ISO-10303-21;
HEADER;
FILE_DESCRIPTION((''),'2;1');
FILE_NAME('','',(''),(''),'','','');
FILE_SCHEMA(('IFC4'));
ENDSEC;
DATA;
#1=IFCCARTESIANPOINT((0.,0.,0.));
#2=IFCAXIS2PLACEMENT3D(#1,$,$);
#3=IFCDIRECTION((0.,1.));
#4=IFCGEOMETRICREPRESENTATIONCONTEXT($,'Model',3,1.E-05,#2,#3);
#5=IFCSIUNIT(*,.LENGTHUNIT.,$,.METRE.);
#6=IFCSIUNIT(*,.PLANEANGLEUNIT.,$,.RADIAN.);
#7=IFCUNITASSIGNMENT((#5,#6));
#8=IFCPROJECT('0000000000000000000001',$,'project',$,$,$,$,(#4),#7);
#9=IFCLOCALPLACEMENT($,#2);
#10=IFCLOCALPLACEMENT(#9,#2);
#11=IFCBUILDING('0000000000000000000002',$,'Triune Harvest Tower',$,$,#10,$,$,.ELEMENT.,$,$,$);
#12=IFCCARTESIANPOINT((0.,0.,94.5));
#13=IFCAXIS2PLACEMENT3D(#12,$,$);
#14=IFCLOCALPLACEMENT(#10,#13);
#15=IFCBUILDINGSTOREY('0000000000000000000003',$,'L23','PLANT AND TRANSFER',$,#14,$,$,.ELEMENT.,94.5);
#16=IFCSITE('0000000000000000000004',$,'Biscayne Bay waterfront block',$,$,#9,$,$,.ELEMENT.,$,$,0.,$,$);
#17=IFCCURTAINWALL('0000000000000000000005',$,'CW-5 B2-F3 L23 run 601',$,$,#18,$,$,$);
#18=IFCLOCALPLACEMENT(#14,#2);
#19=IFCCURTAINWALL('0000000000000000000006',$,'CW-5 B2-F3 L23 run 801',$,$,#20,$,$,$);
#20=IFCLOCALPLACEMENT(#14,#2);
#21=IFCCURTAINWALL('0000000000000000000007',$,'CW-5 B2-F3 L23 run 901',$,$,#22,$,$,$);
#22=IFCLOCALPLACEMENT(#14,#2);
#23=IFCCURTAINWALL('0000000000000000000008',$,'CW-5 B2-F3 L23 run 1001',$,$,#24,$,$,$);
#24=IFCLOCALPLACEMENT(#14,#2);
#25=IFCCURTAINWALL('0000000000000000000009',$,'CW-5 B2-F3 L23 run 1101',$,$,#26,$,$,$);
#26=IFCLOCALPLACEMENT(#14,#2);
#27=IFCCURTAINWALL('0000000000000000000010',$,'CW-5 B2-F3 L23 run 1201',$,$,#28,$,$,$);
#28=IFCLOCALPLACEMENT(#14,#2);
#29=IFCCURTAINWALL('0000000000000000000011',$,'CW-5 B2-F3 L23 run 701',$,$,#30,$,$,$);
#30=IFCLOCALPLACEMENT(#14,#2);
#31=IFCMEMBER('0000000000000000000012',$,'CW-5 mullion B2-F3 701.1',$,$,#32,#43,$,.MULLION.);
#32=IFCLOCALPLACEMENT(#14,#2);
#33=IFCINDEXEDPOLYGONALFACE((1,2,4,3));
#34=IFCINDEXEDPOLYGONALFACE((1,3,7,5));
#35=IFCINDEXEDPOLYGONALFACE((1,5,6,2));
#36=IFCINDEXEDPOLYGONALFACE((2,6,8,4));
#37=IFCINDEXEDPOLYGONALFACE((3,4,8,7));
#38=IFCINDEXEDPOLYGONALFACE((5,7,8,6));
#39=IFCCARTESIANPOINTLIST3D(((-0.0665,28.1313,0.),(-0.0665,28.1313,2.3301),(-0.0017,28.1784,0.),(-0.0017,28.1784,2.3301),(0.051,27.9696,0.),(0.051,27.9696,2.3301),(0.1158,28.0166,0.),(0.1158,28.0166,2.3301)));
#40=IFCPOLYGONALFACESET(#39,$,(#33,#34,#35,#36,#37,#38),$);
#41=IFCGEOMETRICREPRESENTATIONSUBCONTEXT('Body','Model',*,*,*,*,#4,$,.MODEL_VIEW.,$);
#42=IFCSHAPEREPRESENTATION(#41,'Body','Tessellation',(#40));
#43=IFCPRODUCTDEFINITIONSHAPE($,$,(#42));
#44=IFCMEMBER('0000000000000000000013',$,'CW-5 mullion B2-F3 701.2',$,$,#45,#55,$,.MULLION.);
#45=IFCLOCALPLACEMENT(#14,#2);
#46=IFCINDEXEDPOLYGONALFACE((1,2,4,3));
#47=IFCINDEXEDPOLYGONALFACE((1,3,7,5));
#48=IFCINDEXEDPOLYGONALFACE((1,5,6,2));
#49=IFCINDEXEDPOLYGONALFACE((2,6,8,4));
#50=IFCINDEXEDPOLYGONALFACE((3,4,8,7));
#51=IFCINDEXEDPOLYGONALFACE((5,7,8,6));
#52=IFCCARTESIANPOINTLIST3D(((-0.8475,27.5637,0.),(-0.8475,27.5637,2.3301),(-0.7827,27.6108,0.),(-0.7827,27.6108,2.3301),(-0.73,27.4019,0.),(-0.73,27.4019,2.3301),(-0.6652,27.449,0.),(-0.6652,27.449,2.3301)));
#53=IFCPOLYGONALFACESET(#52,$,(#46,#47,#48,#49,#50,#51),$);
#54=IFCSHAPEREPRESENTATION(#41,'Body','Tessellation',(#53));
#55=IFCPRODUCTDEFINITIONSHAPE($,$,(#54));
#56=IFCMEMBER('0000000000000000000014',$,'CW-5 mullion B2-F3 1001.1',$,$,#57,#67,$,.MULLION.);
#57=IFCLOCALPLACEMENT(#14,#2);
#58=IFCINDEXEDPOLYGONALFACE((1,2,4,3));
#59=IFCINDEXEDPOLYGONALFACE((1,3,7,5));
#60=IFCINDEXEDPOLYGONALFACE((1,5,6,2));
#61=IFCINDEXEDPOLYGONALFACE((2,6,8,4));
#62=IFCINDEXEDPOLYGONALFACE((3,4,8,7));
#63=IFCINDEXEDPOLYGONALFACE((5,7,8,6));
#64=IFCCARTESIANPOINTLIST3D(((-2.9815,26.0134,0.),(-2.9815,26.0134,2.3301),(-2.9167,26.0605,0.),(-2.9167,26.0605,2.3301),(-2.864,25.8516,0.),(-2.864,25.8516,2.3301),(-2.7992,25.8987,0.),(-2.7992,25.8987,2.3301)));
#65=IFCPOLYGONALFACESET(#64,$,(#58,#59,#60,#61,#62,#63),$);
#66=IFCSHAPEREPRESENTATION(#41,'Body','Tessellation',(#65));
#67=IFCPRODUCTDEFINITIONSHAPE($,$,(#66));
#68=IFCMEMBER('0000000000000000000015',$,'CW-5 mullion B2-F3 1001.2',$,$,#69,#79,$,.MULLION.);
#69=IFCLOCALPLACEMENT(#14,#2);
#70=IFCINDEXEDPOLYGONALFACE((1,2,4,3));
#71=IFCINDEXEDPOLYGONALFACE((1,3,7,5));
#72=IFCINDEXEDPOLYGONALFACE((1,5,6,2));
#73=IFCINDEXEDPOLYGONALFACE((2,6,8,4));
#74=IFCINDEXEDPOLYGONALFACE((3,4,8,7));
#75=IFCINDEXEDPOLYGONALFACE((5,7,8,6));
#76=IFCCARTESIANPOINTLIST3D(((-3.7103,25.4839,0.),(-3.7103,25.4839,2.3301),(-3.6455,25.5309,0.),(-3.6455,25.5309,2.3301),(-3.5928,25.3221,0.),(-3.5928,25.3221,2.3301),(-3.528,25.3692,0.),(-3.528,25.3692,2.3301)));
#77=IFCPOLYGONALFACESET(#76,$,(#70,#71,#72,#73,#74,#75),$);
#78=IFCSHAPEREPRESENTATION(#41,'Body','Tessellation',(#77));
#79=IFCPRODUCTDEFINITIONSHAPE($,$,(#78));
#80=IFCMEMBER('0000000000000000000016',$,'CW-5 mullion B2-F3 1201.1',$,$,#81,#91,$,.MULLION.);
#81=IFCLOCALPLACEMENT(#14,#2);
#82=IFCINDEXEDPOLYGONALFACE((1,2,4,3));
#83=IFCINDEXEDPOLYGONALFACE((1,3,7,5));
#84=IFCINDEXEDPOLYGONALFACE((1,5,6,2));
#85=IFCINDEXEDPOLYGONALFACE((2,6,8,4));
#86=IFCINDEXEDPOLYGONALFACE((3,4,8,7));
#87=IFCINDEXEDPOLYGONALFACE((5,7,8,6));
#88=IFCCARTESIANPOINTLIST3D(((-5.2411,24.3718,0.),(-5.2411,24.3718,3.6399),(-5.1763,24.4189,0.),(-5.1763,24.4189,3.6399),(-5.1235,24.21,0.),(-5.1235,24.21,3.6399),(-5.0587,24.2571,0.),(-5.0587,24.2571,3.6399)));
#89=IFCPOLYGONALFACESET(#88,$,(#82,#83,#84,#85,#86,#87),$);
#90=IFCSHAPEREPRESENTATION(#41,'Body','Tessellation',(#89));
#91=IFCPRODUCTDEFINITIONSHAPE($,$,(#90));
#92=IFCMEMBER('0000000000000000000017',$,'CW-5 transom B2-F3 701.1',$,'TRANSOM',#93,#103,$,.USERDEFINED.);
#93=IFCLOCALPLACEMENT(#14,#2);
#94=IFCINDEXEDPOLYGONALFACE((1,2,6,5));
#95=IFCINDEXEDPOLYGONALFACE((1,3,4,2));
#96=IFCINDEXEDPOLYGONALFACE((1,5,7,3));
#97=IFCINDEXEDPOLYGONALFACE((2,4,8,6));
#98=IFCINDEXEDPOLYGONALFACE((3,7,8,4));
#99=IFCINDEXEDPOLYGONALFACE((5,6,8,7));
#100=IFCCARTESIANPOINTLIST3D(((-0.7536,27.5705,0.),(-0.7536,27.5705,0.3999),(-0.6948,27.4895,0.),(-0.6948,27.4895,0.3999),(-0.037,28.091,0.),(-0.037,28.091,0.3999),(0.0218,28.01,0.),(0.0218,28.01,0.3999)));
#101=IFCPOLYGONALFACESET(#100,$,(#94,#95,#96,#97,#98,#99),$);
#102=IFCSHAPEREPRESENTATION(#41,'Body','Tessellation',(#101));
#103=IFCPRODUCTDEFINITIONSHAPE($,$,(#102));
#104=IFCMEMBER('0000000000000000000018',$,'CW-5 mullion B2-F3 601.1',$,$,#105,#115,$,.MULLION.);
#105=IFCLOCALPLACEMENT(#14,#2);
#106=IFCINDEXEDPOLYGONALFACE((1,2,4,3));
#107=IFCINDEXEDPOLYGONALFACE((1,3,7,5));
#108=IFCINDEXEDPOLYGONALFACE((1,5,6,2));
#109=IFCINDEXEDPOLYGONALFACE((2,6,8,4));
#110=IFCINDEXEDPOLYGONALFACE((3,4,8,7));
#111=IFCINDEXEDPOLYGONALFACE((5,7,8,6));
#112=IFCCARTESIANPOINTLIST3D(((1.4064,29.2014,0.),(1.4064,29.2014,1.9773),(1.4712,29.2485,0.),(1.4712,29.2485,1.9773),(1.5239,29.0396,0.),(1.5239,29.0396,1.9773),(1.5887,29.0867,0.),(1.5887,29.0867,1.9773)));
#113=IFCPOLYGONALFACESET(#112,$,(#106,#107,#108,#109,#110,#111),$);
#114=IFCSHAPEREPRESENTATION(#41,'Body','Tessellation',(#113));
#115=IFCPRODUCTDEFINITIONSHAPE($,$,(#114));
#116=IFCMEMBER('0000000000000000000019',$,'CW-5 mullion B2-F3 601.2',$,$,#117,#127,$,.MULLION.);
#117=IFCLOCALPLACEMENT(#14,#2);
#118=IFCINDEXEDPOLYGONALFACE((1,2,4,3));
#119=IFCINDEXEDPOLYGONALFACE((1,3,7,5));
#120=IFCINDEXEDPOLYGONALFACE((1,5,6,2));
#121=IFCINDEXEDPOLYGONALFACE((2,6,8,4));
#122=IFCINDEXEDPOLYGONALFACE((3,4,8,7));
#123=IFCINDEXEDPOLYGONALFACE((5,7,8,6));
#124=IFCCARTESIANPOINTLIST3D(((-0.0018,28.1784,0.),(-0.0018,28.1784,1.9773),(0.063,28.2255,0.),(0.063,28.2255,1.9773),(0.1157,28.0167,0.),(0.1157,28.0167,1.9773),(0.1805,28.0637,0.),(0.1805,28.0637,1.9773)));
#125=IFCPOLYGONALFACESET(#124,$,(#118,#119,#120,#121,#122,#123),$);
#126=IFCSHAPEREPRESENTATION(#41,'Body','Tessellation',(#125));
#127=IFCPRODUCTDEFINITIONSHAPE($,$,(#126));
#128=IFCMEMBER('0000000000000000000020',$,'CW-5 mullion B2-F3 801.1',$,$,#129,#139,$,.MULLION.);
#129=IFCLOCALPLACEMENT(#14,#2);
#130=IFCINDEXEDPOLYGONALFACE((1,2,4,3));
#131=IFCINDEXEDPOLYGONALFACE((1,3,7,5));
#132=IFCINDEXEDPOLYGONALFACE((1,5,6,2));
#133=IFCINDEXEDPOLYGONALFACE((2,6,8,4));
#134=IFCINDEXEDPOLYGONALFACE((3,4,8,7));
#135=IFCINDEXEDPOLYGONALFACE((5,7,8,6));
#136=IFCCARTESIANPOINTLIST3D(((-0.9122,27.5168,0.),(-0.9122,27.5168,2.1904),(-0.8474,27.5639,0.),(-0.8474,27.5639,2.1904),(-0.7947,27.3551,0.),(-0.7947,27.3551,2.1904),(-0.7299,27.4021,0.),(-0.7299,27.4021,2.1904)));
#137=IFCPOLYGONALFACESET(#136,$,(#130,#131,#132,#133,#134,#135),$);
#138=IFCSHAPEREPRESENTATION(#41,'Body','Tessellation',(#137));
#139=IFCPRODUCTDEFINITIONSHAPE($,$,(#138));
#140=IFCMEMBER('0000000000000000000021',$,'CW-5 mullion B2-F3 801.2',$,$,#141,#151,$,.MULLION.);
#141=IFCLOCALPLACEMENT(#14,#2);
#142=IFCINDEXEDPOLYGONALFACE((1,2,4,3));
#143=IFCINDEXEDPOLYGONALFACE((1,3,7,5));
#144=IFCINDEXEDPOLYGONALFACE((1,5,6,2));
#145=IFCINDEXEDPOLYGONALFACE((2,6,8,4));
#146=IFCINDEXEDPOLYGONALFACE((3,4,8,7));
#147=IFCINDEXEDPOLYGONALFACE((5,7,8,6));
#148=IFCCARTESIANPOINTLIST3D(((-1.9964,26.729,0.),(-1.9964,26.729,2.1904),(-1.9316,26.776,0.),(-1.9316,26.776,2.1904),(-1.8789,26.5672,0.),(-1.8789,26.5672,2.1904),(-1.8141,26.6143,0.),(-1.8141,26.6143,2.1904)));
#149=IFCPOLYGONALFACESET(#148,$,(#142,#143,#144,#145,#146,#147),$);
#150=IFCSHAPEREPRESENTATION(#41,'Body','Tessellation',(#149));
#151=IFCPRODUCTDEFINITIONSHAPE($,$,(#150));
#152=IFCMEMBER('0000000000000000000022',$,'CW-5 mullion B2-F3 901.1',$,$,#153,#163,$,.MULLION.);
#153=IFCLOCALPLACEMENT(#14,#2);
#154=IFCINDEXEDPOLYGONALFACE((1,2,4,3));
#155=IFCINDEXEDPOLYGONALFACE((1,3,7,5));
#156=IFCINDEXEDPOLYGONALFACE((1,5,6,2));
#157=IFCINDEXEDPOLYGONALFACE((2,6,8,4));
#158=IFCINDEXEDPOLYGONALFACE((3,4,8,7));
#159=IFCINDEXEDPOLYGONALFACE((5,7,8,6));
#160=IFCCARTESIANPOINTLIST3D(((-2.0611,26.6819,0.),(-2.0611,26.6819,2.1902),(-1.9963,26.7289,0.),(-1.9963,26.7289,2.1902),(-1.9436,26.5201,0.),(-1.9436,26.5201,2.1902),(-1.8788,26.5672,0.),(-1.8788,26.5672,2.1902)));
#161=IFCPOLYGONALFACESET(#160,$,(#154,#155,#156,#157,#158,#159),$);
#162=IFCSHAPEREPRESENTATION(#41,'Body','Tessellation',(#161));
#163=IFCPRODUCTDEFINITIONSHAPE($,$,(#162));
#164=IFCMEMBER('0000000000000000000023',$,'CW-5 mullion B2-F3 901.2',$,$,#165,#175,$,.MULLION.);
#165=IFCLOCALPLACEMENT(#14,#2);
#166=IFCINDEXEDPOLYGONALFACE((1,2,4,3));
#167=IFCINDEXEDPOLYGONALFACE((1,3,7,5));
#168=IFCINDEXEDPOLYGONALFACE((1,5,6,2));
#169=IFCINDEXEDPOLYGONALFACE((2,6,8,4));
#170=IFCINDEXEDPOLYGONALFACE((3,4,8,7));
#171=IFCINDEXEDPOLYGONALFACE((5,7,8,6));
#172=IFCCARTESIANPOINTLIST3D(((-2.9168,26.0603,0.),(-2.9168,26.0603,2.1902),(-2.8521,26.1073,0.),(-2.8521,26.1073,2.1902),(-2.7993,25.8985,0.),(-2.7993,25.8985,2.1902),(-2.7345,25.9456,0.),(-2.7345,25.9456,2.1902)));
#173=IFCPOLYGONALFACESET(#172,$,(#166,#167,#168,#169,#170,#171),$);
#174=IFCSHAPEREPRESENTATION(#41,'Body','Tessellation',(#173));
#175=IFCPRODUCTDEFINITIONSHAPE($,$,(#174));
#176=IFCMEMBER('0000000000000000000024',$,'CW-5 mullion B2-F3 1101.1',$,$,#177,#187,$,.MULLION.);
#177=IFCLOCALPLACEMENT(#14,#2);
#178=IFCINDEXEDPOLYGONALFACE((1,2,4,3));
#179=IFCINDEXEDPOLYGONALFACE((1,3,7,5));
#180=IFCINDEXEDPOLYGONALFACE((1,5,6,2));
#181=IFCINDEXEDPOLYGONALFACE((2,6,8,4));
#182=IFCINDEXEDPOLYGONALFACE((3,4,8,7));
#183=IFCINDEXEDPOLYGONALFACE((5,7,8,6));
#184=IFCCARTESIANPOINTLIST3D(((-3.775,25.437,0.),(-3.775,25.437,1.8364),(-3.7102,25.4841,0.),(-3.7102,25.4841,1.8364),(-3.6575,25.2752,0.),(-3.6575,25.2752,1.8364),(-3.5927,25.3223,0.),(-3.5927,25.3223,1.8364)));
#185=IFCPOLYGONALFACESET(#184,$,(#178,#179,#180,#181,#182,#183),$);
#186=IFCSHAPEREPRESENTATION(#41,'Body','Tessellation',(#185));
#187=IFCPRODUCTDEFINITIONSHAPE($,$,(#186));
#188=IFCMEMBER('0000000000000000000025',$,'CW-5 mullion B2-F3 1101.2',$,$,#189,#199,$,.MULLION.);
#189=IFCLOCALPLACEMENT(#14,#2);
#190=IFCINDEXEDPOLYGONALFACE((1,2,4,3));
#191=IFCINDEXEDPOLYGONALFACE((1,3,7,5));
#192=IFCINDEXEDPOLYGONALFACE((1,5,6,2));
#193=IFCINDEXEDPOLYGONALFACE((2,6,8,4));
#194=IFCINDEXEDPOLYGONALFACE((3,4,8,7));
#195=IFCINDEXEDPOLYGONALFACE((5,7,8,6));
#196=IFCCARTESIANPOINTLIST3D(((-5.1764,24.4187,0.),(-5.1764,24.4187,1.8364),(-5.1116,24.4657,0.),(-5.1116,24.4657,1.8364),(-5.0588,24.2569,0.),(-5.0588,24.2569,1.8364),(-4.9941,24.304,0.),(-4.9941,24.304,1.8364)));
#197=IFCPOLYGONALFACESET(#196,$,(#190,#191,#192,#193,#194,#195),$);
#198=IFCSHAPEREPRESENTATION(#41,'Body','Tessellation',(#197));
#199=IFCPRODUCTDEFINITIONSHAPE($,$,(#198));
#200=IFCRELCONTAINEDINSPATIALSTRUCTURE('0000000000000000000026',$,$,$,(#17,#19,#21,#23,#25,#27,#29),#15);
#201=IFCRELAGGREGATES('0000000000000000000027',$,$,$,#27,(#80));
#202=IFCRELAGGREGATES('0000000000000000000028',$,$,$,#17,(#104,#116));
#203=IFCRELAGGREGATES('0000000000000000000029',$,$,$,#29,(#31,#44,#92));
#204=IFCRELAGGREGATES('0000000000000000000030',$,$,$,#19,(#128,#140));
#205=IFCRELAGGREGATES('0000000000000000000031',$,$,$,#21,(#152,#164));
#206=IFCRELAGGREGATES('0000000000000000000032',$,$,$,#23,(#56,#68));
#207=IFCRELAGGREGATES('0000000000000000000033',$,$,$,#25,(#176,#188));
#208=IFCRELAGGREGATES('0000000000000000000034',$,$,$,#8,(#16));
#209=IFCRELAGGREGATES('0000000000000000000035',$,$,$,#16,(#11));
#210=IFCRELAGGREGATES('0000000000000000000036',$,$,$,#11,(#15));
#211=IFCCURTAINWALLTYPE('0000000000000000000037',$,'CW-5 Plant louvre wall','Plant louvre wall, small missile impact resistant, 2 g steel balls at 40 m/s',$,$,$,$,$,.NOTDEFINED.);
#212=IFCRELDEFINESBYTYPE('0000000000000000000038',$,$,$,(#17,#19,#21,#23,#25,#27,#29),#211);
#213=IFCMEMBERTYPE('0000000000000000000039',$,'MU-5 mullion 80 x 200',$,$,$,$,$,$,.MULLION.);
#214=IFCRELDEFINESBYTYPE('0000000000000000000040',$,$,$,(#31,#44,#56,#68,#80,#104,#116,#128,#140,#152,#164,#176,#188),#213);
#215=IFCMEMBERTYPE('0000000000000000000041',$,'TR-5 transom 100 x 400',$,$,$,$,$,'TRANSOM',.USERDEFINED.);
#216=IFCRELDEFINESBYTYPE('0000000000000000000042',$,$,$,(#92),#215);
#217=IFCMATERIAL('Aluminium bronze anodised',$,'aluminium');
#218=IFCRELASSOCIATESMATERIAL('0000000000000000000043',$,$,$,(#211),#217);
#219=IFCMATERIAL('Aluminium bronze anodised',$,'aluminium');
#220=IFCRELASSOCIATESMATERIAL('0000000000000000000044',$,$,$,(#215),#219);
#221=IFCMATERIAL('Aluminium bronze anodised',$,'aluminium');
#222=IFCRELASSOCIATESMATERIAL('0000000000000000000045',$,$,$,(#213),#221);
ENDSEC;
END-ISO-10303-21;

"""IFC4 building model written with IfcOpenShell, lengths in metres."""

from ifc_helpers import new_model, si_unit, direction, frame, origin, origin_2d, place, context, subcontext, project, spatial, rectangle, extrude, source, transform, mapped, material, material_profile, profile_set, type_object, element, aggregate, save


model = new_model("IFC4")

# Units and contexts
model_context = context("Model", 3, precision=1e-05, world=origin(), true_north=direction((0.0, 1.0)))
body_context = subcontext(model_context, "Body", "Model", "MODEL_VIEW")
ifc_project = project(units=[si_unit("LENGTHUNIT", "METRE"), si_unit("PLANEANGLEUNIT", "RADIAN")], contexts=[model_context])

# Site, building, storey
site_placement = place(None, origin())
site = spatial("IfcSite", under=ifc_project, at=site_placement, Name="Biscayne Bay waterfront block", CompositionType="ELEMENT", RefElevation=0.0)
building_placement = place(site_placement, origin())
building = spatial("IfcBuilding", under=site, at=building_placement, Name="Triune Harvest Tower", CompositionType="ELEMENT")
storey_placement = place(building_placement, frame((0.0, 0.0, 94.5)))
storey = spatial("IfcBuildingStorey", under=building, at=storey_placement, Name="L23", Description="PLANT AND TRANSFER", CompositionType="ELEMENT", Elevation=94.5)

# Curtain walls
ifc_material_1 = material(Name="Aluminium bronze anodised", Category="aluminium")
curtain_wall_type = type_object("IfcCurtainWallType", Name="CW-5 Plant louvre wall", Description="Plant louvre wall, small missile impact resistant, 2 g steel balls at 40 m/s", PredefinedType="NOTDEFINED", material=ifc_material_1)
curtain_wall_1_placement = place(storey_placement, origin())
curtain_wall_1 = element("IfcCurtainWall", 1, at=curtain_wall_1_placement, inside=storey, type_object=curtain_wall_type, Name="CW-5 B2-F3 L23 run 601")
ifc_material_2 = material(Name="Aluminium bronze anodised", Category="aluminium")
ifc_material_profile_1 = material_profile(ifc_material_2, rectangle(XDim=0.1001, YDim=0.3999, at=origin_2d()), Name="TR-5 transom 100 x 400")
ifc_profile_set_1 = profile_set([ifc_material_profile_1], Name="Aluminium bronze anodised")
member_type_1 = type_object("IfcMemberType", Name="TR-5 transom 100 x 400", ElementType="TRANSOM", PredefinedType="USERDEFINED", material=ifc_profile_set_1)
curtain_wall_2_placement = place(storey_placement, origin())
curtain_wall_2 = element("IfcCurtainWall", 2, at=curtain_wall_2_placement, inside=storey, type_object=curtain_wall_type, Name="CW-5 B2-F3 L23 run 801")
curtain_wall_3_placement = place(storey_placement, origin())
curtain_wall_3 = element("IfcCurtainWall", 3, at=curtain_wall_3_placement, inside=storey, type_object=curtain_wall_type, Name="CW-5 B2-F3 L23 run 901")
curtain_wall_4_placement = place(storey_placement, origin())
curtain_wall_4 = element("IfcCurtainWall", 4, at=curtain_wall_4_placement, inside=storey, type_object=curtain_wall_type, Name="CW-5 B2-F3 L23 run 1001")
curtain_wall_5_placement = place(storey_placement, origin())
curtain_wall_5 = element("IfcCurtainWall", 5, at=curtain_wall_5_placement, inside=storey, type_object=curtain_wall_type, Name="CW-5 B2-F3 L23 run 1101")
curtain_wall_6_placement = place(storey_placement, origin())
curtain_wall_6 = element("IfcCurtainWall", 6, at=curtain_wall_6_placement, inside=storey, type_object=curtain_wall_type, Name="CW-5 B2-F3 L23 run 1201")

# Curtain wall, members
curtain_wall_7_placement = place(storey_placement, origin())
curtain_wall_7 = element("IfcCurtainWall", 7, at=curtain_wall_7_placement, inside=storey, type_object=curtain_wall_type, Name="CW-5 B2-F3 L23 run 701")
ifc_material_3 = material(Name="Aluminium bronze anodised", Category="aluminium")
ifc_material_profile_2 = material_profile(ifc_material_3, rectangle(XDim=0.2, YDim=0.0801, at=origin_2d()), Name="MU-5 mullion 80 x 200")
ifc_profile_set_2 = profile_set([ifc_material_profile_2], Name="Aluminium bronze anodised")
member_type_2 = type_object("IfcMemberType", Name="MU-5 mullion 80 x 200", PredefinedType="MULLION", material=ifc_profile_set_2)
shared_shape_1 = source(origin(), body_context, "Body", "SweptSolid", [
    extrude(rectangle(XDim=0.2, YDim=0.0801, at=origin_2d()), origin(), (0.0, 0.0, 1.0), 2.3301),
])
member_1_placement = place(storey_placement, frame((0.0247, 28.074, 0.0), z_axis=(0.0, 0.0, 1.0), x_axis=(0.587796, -0.809009, 0.0)))
member_1 = element("IfcMember", 8, at=member_1_placement, type_object=member_type_2, Name="CW-5 mullion B2-F3 701.1", PredefinedType="MULLION", context=body_context, shape_type="MappedRepresentation", body=[
    mapped(shared_shape_1, transform((0.0, 0.0, 0.0), scale=1.0)),
])
member_2_placement = place(storey_placement, frame((-0.7563, 27.5063, 0.0), z_axis=(0.0, 0.0, 1.0), x_axis=(0.587796, -0.809009, 0.0)))
member_2 = element("IfcMember", 9, at=member_2_placement, type_object=member_type_2, Name="CW-5 mullion B2-F3 701.2", PredefinedType="MULLION", context=body_context, shape_type="MappedRepresentation", body=[
    mapped(shared_shape_1, transform((0.0, 0.0, 0.0), scale=1.0)),
])

# Members
member_3_placement = place(storey_placement, frame((-2.8904, 25.9561, 0.0), z_axis=(0.0, 0.0, 1.0), x_axis=(0.587759, -0.809036, 0.0)))
member_3 = element("IfcMember", 10, at=member_3_placement, type_object=member_type_2, Name="CW-5 mullion B2-F3 1001.1", PredefinedType="MULLION", context=body_context, shape_type="MappedRepresentation", body=[
    mapped(shared_shape_1, transform((0.0, 0.0, 0.0), scale=1.0)),
])
member_4_placement = place(storey_placement, frame((-3.6191, 25.4265, 0.0), z_axis=(0.0, 0.0, 1.0), x_axis=(0.587759, -0.809036, 0.0)))
member_4 = element("IfcMember", 11, at=member_4_placement, type_object=member_type_2, Name="CW-5 mullion B2-F3 1001.2", PredefinedType="MULLION", context=body_context, shape_type="MappedRepresentation", body=[
    mapped(shared_shape_1, transform((0.0, 0.0, 0.0), scale=1.0)),
])
shared_shape_2 = source(origin(), body_context, "Body", "SweptSolid", [
    extrude(rectangle(XDim=0.2, YDim=0.0801, at=origin_2d()), origin(), (0.0, 0.0, 1.0), 3.6399),
])
member_5_placement = place(storey_placement, frame((-5.1499, 24.3145, 0.0), z_axis=(0.0, 0.0, 1.0), x_axis=(0.587786, -0.809016, 0.0)))
member_5 = element("IfcMember", 12, at=member_5_placement, type_object=member_type_2, Name="CW-5 mullion B2-F3 1201.1", PredefinedType="MULLION", context=body_context, shape_type="MappedRepresentation", body=[
    mapped(shared_shape_2, transform((0.0, 0.0, 0.0), scale=1.0)),
])
aggregate(curtain_wall_6, [member_5])
shared_shape_3 = source(origin(), body_context, "Body", "SweptSolid", [
    extrude(rectangle(XDim=0.1001, YDim=0.3999, at=origin_2d()), origin(), (0.0, 0.0, 1.0), 0.8857),
])
member_6_placement = place(storey_placement, frame((-0.0076, 28.0505, 0.2), z_axis=(-0.80907, -0.587713, 0.0), x_axis=(0.587713, -0.80907, 0.0)))
member_6 = element("IfcMember", 13, at=member_6_placement, type_object=member_type_1, Name="CW-5 transom B2-F3 701.1", ObjectType="TRANSOM", PredefinedType="USERDEFINED", context=body_context, shape_type="MappedRepresentation", body=[
    mapped(shared_shape_3, transform((0.0, 0.0, 0.0), scale=1.0)),
])
shared_shape_4 = source(origin(), body_context, "Body", "SweptSolid", [
    extrude(rectangle(XDim=0.2, YDim=0.0801, at=origin_2d()), origin(), (0.0, 0.0, 1.0), 1.9773),
])
member_7_placement = place(storey_placement, frame((1.4976, 29.144, 0.0), z_axis=(0.0, 0.0, 1.0), x_axis=(0.587776, -0.809023, 0.0)))
member_7 = element("IfcMember", 14, at=member_7_placement, type_object=member_type_2, Name="CW-5 mullion B2-F3 601.1", PredefinedType="MULLION", context=body_context, shape_type="MappedRepresentation", body=[
    mapped(shared_shape_4, transform((0.0, 0.0, 0.0), scale=1.0)),
])
member_8_placement = place(storey_placement, frame((0.0894, 28.1211, 0.0), z_axis=(0.0, 0.0, 1.0), x_axis=(0.587776, -0.809023, 0.0)))
member_8 = element("IfcMember", 15, at=member_8_placement, type_object=member_type_2, Name="CW-5 mullion B2-F3 601.2", PredefinedType="MULLION", context=body_context, shape_type="MappedRepresentation", body=[
    mapped(shared_shape_4, transform((0.0, 0.0, 0.0), scale=1.0)),
])
shared_shape_5 = source(origin(), body_context, "Body", "SweptSolid", [
    extrude(rectangle(XDim=0.2, YDim=0.0801, at=origin_2d()), origin(), (0.0, 0.0, 1.0), 2.1904),
])
member_9_placement = place(storey_placement, frame((-0.821, 27.4595, 0.0), z_axis=(0.0, 0.0, 1.0), x_axis=(0.58782, -0.808992, 0.0)))
member_9 = element("IfcMember", 16, at=member_9_placement, type_object=member_type_2, Name="CW-5 mullion B2-F3 801.1", PredefinedType="MULLION", context=body_context, shape_type="MappedRepresentation", body=[
    mapped(shared_shape_5, transform((0.0, 0.0, 0.0), scale=1.0)),
])
member_10_placement = place(storey_placement, frame((-1.9053, 26.6716, 0.0), z_axis=(0.0, 0.0, 1.0), x_axis=(0.58782, -0.808992, 0.0)))
member_10 = element("IfcMember", 17, at=member_10_placement, type_object=member_type_2, Name="CW-5 mullion B2-F3 801.2", PredefinedType="MULLION", context=body_context, shape_type="MappedRepresentation", body=[
    mapped(shared_shape_5, transform((0.0, 0.0, 0.0), scale=1.0)),
])
shared_shape_6 = source(origin(), body_context, "Body", "SweptSolid", [
    extrude(rectangle(XDim=0.2, YDim=0.0801, at=origin_2d()), origin(), (0.0, 0.0, 1.0), 2.1902),
])
member_11_placement = place(storey_placement, frame((-1.97, 26.6245, 0.0), z_axis=(0.0, 0.0, 1.0), x_axis=(0.587764, -0.809032, 0.0)))
member_11 = element("IfcMember", 18, at=member_11_placement, type_object=member_type_2, Name="CW-5 mullion B2-F3 901.1", PredefinedType="MULLION", context=body_context, shape_type="MappedRepresentation", body=[
    mapped(shared_shape_6, transform((0.0, 0.0, 0.0), scale=1.0)),
])
member_12_placement = place(storey_placement, frame((-2.8257, 26.0029, 0.0), z_axis=(0.0, 0.0, 1.0), x_axis=(0.587764, -0.809032, 0.0)))
member_12 = element("IfcMember", 19, at=member_12_placement, type_object=member_type_2, Name="CW-5 mullion B2-F3 901.2", PredefinedType="MULLION", context=body_context, shape_type="MappedRepresentation", body=[
    mapped(shared_shape_6, transform((0.0, 0.0, 0.0), scale=1.0)),
])
shared_shape_7 = source(origin(), body_context, "Body", "SweptSolid", [
    extrude(rectangle(XDim=0.2, YDim=0.0801, at=origin_2d()), origin(), (0.0, 0.0, 1.0), 1.8364),
])
member_13_placement = place(storey_placement, frame((-3.6838, 25.3796, 0.0), z_axis=(0.0, 0.0, 1.0), x_axis=(0.587765, -0.809032, 0.0)))
member_13 = element("IfcMember", 20, at=member_13_placement, type_object=member_type_2, Name="CW-5 mullion B2-F3 1101.1", PredefinedType="MULLION", context=body_context, shape_type="MappedRepresentation", body=[
    mapped(shared_shape_7, transform((0.0, 0.0, 0.0), scale=1.0)),
])
member_14_placement = place(storey_placement, frame((-5.0852, 24.3613, 0.0), z_axis=(0.0, 0.0, 1.0), x_axis=(0.587765, -0.809032, 0.0)))
member_14 = element("IfcMember", 21, at=member_14_placement, type_object=member_type_2, Name="CW-5 mullion B2-F3 1101.2", PredefinedType="MULLION", context=body_context, shape_type="MappedRepresentation", body=[
    mapped(shared_shape_7, transform((0.0, 0.0, 0.0), scale=1.0)),
])

aggregate(curtain_wall_1, [member_7, member_8])
aggregate(curtain_wall_7, [member_1, member_2, member_6])
aggregate(curtain_wall_2, [member_9, member_10])
aggregate(curtain_wall_3, [member_11, member_12])
aggregate(curtain_wall_4, [member_3, member_4])
aggregate(curtain_wall_5, [member_13, member_14])

save(model, "model.ifc")
